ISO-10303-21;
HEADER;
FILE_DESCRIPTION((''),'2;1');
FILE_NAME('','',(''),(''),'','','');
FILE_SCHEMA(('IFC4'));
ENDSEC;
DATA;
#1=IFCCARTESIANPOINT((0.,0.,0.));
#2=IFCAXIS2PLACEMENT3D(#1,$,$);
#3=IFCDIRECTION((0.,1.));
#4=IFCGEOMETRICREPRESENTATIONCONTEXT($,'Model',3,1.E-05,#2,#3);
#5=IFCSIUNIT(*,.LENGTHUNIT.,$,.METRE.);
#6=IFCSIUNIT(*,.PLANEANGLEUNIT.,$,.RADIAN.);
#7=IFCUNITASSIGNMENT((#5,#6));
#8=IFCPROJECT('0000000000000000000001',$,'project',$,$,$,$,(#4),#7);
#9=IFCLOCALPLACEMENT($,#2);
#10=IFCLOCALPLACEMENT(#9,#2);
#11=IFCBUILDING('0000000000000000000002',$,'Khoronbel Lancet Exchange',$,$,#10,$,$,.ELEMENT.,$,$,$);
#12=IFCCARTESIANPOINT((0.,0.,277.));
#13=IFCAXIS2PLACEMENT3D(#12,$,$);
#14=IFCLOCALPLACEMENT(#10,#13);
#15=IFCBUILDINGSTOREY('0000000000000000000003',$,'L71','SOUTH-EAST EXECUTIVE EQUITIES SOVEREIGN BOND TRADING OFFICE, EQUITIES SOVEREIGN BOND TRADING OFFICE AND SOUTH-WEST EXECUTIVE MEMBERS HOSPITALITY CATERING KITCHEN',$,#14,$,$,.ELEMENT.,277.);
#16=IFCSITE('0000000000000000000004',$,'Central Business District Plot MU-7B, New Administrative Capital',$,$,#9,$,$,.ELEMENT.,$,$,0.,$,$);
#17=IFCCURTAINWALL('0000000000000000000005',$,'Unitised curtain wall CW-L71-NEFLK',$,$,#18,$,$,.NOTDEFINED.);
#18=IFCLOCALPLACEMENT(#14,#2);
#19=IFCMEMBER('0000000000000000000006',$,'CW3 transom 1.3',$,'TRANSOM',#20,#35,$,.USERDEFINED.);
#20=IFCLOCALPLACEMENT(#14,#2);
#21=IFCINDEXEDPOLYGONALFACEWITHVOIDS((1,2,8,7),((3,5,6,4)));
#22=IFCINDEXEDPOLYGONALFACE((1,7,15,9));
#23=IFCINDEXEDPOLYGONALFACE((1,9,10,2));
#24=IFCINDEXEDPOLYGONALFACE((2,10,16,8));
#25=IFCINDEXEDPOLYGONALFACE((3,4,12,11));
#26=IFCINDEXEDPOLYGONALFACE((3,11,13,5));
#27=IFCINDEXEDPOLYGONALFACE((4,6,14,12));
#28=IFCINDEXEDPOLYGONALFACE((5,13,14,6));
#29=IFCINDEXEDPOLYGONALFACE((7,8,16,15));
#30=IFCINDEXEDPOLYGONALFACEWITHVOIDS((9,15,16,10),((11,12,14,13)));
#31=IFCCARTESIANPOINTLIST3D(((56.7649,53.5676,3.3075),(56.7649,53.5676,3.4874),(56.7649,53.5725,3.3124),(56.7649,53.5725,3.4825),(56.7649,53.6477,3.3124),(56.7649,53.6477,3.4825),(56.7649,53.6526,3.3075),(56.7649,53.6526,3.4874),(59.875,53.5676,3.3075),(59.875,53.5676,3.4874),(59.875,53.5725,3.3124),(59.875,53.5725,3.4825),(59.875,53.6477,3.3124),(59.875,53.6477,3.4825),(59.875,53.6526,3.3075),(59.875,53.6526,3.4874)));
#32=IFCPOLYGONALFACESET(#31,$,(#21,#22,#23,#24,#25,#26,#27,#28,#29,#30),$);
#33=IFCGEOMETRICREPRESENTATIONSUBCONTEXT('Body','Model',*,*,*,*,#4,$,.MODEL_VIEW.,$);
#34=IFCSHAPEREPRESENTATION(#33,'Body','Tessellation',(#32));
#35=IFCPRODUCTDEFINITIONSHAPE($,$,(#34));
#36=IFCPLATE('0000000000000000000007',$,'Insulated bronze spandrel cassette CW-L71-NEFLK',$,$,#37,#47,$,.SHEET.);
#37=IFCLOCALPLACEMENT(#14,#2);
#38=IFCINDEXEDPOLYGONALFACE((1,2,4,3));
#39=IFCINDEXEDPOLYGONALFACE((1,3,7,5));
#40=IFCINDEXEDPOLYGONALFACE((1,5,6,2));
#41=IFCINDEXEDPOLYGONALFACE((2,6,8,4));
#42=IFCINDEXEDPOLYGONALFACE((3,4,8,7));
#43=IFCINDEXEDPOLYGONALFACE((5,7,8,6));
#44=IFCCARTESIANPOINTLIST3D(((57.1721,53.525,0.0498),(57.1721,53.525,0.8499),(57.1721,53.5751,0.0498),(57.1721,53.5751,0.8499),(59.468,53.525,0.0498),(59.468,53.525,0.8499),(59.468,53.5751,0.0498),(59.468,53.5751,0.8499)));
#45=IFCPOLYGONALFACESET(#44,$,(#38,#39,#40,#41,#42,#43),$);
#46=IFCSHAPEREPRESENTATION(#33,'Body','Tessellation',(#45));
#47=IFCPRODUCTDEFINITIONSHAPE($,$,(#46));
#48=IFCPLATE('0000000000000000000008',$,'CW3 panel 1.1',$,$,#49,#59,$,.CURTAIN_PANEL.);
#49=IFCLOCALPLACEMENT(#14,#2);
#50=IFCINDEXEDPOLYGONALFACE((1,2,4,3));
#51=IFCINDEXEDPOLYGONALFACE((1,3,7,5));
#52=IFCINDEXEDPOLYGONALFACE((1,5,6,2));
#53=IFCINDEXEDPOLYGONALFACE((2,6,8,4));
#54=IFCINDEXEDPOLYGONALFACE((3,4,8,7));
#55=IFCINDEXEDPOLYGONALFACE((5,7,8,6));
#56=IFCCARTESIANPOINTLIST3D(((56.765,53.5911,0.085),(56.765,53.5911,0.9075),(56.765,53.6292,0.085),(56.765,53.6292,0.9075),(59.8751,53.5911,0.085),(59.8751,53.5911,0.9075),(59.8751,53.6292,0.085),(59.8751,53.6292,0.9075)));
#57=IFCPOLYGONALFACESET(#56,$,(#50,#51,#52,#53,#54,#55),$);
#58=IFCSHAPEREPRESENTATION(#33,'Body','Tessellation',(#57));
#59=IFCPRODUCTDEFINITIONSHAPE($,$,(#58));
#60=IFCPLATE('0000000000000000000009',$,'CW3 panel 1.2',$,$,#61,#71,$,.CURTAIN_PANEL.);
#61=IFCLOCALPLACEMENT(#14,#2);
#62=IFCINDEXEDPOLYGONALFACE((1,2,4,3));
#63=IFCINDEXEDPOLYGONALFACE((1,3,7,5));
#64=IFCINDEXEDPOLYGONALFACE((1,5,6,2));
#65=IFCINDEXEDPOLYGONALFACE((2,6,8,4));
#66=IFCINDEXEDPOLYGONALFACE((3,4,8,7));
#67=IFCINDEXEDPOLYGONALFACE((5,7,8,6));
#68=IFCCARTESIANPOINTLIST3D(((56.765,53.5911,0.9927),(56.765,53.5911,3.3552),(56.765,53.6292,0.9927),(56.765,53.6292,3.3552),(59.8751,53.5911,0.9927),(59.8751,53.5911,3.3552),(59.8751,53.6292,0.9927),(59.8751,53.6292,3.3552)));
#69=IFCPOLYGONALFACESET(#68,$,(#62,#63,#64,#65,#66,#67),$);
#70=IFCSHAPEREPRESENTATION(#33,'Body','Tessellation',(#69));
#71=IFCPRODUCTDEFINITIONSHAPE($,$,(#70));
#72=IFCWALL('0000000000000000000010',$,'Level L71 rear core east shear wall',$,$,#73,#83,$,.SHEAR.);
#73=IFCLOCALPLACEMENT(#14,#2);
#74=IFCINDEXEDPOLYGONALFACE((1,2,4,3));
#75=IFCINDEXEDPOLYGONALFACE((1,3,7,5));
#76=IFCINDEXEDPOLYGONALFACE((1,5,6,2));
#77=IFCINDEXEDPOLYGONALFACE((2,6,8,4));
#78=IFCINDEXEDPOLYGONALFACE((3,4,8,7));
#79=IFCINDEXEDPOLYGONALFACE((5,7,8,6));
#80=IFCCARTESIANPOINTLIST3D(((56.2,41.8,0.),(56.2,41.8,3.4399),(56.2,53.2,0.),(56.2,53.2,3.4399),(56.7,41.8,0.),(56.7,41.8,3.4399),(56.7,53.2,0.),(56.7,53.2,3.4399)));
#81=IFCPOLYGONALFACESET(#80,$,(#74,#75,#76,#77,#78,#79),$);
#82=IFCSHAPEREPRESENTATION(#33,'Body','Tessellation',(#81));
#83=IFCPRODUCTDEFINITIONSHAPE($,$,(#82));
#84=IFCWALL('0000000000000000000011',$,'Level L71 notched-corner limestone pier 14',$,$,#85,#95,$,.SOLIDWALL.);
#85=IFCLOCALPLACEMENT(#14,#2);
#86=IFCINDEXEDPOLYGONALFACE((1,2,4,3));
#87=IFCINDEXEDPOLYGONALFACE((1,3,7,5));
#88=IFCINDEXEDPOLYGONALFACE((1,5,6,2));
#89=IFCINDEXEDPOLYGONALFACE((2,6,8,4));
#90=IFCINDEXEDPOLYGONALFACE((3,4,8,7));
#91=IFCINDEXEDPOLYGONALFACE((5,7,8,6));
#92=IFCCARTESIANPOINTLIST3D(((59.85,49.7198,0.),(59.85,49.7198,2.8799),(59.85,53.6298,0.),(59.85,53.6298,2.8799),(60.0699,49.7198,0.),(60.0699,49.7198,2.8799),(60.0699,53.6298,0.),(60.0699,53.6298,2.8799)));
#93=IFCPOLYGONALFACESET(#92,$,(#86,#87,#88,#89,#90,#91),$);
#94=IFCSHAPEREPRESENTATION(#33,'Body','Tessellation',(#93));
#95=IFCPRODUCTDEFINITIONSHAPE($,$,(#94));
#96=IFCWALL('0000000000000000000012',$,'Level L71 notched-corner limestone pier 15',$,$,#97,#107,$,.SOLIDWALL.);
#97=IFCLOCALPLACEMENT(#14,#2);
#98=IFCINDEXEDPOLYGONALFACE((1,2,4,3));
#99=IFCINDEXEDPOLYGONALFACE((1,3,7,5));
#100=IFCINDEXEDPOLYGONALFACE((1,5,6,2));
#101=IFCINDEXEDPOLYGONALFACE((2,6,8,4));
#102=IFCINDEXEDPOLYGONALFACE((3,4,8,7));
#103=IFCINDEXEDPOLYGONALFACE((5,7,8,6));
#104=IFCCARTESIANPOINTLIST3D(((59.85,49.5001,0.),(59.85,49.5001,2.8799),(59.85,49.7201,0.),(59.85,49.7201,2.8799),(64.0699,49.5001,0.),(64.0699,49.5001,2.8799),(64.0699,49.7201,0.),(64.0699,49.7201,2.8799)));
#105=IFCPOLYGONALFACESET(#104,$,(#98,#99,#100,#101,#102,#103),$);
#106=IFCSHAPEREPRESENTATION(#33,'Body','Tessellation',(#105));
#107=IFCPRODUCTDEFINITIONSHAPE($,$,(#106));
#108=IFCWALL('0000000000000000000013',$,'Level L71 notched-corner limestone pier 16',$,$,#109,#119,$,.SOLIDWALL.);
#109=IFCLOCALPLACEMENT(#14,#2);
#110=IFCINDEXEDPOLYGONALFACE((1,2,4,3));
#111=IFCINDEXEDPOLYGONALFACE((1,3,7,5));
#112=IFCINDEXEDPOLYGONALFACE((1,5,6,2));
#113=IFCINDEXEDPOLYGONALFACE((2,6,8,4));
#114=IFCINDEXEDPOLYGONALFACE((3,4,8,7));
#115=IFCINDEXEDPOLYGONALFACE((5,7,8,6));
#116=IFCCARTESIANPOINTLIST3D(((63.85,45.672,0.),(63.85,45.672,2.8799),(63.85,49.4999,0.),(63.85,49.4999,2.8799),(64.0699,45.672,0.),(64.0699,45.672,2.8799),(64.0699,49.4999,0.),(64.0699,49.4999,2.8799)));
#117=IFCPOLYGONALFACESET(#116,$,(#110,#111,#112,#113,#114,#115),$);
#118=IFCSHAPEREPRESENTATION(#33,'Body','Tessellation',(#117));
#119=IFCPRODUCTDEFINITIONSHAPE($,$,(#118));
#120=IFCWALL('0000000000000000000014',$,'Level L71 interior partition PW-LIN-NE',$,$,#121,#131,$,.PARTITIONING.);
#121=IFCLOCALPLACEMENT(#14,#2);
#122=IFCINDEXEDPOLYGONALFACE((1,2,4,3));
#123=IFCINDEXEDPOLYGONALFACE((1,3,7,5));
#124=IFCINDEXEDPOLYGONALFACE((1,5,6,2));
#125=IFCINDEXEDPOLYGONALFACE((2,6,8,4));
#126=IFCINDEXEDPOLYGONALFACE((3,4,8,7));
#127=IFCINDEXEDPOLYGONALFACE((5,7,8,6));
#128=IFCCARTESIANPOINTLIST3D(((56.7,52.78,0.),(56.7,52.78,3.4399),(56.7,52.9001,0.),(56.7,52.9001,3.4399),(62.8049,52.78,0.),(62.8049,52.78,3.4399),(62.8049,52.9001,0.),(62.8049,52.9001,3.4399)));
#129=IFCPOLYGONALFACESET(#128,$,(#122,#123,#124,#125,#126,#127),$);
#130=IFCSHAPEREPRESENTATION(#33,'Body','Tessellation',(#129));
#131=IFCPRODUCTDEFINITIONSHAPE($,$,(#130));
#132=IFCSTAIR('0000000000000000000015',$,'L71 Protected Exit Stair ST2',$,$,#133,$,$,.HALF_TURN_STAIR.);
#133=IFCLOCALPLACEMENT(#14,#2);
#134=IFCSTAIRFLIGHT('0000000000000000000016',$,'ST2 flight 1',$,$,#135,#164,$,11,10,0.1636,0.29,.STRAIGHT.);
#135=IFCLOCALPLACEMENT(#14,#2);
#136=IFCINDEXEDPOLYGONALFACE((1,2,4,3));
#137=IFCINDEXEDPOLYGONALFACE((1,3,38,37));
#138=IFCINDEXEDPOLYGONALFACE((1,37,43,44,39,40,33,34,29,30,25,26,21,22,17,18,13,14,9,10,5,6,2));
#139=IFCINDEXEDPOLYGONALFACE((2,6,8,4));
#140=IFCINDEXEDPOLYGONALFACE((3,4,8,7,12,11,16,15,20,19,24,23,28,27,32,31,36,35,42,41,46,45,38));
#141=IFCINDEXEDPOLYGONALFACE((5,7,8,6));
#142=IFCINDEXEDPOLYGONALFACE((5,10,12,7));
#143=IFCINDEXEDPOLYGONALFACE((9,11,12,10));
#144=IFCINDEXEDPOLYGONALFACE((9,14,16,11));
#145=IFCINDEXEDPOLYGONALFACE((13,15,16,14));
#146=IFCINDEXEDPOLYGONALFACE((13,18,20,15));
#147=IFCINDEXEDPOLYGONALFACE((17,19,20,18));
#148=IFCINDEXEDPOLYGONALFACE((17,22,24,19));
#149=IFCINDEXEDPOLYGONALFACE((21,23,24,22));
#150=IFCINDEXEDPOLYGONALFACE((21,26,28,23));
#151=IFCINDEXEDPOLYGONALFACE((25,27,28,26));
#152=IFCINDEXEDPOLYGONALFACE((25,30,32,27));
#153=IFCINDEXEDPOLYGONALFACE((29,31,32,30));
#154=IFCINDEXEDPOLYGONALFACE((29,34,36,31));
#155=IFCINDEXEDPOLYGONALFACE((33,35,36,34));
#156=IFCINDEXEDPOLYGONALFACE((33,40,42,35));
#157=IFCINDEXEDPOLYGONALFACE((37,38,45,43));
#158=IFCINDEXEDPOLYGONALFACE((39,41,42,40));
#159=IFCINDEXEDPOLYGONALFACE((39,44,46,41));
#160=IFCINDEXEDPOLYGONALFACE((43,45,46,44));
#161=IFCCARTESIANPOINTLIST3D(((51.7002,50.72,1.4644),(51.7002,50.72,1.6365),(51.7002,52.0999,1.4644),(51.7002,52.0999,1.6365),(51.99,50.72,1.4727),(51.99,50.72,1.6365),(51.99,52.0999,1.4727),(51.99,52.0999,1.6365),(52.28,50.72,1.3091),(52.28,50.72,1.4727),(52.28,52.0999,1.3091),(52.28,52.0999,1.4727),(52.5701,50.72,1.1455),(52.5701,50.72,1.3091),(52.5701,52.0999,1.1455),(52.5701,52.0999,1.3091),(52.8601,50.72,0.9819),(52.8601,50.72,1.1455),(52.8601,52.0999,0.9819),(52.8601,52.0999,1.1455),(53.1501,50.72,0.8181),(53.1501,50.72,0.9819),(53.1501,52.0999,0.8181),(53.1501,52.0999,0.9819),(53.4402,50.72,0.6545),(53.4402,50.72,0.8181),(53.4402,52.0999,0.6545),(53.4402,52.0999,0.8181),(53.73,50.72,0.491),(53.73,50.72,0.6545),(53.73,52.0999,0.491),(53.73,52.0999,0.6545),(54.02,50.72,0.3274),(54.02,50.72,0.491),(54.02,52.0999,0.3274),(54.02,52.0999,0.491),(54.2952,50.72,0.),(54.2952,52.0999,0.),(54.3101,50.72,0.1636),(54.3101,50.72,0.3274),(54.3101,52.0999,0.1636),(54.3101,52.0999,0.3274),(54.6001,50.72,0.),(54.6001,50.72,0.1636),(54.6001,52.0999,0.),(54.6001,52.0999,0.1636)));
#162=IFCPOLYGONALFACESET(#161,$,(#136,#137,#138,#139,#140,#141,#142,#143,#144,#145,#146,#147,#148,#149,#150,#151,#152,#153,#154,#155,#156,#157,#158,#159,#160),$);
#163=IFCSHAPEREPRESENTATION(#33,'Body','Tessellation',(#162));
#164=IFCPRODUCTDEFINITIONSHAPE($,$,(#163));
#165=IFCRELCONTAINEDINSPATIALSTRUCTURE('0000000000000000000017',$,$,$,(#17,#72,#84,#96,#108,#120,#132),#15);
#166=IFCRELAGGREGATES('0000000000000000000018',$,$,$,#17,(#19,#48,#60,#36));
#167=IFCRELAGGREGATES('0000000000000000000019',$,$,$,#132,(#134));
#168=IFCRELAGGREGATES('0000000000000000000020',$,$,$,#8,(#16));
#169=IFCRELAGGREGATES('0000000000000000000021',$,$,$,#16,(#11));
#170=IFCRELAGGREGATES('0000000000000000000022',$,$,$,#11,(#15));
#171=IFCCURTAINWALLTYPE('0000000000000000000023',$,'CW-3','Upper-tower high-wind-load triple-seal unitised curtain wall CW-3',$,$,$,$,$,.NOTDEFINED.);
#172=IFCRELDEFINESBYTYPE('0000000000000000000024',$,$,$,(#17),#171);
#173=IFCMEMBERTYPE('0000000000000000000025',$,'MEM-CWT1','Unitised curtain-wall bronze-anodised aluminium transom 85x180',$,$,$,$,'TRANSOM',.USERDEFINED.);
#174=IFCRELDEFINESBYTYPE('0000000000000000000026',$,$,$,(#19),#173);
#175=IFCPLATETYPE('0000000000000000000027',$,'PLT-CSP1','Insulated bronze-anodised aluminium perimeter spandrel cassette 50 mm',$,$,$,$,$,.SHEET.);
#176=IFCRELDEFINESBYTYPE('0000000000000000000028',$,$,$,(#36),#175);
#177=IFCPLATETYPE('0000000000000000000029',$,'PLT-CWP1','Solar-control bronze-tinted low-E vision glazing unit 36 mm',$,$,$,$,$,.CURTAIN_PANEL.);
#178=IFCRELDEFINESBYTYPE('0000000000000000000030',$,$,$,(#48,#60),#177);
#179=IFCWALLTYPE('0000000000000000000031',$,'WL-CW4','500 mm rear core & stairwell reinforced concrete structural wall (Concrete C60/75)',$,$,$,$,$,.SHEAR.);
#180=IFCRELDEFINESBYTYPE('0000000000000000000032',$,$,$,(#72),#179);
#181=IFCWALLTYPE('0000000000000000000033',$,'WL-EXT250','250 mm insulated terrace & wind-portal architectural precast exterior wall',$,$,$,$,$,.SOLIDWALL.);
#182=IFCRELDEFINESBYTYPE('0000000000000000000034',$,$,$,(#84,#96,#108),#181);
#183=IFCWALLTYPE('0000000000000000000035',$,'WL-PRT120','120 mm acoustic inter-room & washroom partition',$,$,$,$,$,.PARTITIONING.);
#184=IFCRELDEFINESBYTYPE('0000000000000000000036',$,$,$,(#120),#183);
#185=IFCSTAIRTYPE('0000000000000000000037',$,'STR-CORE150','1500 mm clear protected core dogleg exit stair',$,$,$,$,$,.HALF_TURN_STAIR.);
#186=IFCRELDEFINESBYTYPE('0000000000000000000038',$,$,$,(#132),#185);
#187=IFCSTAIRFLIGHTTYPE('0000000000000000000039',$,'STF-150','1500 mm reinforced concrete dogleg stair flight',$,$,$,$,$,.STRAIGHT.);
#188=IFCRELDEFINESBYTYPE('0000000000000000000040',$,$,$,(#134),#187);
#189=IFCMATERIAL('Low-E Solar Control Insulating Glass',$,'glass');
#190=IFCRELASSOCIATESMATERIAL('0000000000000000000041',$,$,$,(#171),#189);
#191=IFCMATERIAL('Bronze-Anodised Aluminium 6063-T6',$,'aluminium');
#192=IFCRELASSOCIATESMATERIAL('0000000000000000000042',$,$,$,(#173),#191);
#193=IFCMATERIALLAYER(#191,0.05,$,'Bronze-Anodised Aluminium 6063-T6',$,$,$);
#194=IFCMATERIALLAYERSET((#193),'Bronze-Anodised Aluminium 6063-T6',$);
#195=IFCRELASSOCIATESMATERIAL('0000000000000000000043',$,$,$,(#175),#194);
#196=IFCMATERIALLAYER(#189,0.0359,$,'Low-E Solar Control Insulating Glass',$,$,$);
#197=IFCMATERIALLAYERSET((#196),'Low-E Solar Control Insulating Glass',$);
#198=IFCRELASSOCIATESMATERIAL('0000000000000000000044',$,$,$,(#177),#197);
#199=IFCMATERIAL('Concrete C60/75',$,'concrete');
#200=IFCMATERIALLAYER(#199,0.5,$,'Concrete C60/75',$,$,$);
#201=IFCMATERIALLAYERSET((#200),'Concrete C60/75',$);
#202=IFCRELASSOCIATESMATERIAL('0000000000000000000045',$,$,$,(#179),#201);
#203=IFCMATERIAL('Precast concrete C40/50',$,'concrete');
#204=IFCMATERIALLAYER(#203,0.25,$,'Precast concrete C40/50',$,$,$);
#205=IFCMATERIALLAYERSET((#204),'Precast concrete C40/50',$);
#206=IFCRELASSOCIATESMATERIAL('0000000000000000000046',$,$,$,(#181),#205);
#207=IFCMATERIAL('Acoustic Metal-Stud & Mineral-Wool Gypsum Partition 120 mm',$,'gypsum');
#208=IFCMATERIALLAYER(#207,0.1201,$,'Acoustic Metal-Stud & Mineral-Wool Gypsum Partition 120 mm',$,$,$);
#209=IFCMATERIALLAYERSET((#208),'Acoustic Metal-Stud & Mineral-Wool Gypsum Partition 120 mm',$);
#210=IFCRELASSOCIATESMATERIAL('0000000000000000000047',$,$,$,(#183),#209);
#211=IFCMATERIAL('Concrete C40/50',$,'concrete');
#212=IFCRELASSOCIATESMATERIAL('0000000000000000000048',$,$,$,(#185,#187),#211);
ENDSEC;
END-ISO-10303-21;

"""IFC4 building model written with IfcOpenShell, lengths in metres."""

from ifc_helpers import new_model, si_unit, direction, frame, frame_2d, origin, origin_2d, place, context, subcontext, project, spatial, polyline, rectangle, hollow_rectangle, outline, extrude, material, layer, layer_set, material_profile, profile_set, type_object, element, aggregate, save


model = new_model("IFC4")

# Units and contexts
model_context = context("Model", 3, precision=1e-05, world=origin(), true_north=direction((0.0, 1.0)))
body_context = subcontext(model_context, "Body", "Model", "MODEL_VIEW")
ifc_project = project(units=[si_unit("LENGTHUNIT", "METRE"), si_unit("PLANEANGLEUNIT", "RADIAN")], contexts=[model_context])

# Site, building, storey
site_placement = place(None, origin())
site = spatial("IfcSite", under=ifc_project, at=site_placement, Name="Central Business District Plot MU-7B, New Administrative Capital", CompositionType="ELEMENT", RefElevation=0.0)
building_placement = place(site_placement, origin())
building = spatial("IfcBuilding", under=site, at=building_placement, Name="Khoronbel Lancet Exchange", CompositionType="ELEMENT")
storey_placement = place(building_placement, frame((0.0, 0.0, 277.0)))
storey = spatial("IfcBuildingStorey", under=building, at=storey_placement, Name="L71", Description="SOUTH-EAST EXECUTIVE EQUITIES SOVEREIGN BOND TRADING OFFICE, EQUITIES SOVEREIGN BOND TRADING OFFICE AND SOUTH-WEST EXECUTIVE MEMBERS HOSPITALITY CATERING KITCHEN", CompositionType="ELEMENT", Elevation=277.0)

# Curtain wall, member, plates
ifc_material_1 = material(Name="Low-E Solar Control Insulating Glass", Category="glass")
curtain_wall_type = type_object("IfcCurtainWallType", Name="CW-3", Description="Upper-tower high-wind-load triple-seal unitised curtain wall CW-3", PredefinedType="NOTDEFINED", material=ifc_material_1)
curtain_wall_placement = place(storey_placement, origin())
curtain_wall = element("IfcCurtainWall", 1, at=curtain_wall_placement, inside=storey, type_object=curtain_wall_type, Name="Unitised curtain wall CW-L71-NEFLK", PredefinedType="NOTDEFINED")
ifc_material_2 = material(Name="Bronze-Anodised Aluminium 6063-T6", Category="aluminium")
ifc_material_profile_1 = material_profile(ifc_material_2, hollow_rectangle(XDim=0.085, YDim=0.1799, WallThickness=0.0049, at=origin_2d()), Name="ALU TRANSOM 85x180")
ifc_profile_set_1 = profile_set([ifc_material_profile_1], Name="Bronze-Anodised Aluminium 6063-T6")
member_type_1 = type_object("IfcMemberType", Name="MEM-CWT1", Description="Unitised curtain-wall bronze-anodised aluminium transom 85x180", ElementType="TRANSOM", PredefinedType="USERDEFINED", material=ifc_profile_set_1)
member_1_placement = place(storey_placement, frame((59.875, 53.6101, 3.3975), z_axis=(-1.0, 0.0, 0.0), x_axis=(0.0, -1.0, 0.0)))
member_1 = element("IfcMember", 2, at=member_1_placement, type_object=member_type_1, Name="CW3 transom 1.3", ObjectType="TRANSOM", PredefinedType="USERDEFINED", context=body_context, shape_type="SweptSolid", body=[
    extrude(hollow_rectangle(XDim=0.085, YDim=0.1799, WallThickness=0.0049, at=origin_2d()), origin(), (0.0, 0.0, 1.0), 3.1101),
])
ifc_layer_1 = layer(ifc_material_2, 0.05, Name="Bronze-Anodised Aluminium 6063-T6")
ifc_layer_set_1 = layer_set([ifc_layer_1], Name="Bronze-Anodised Aluminium 6063-T6")
plate_type_1 = type_object("IfcPlateType", Name="PLT-CSP1", Description="Insulated bronze-anodised aluminium perimeter spandrel cassette 50 mm", PredefinedType="SHEET", material=ifc_layer_set_1)
plate_1_placement = place(storey_placement, frame((58.3201, 53.55, 0.0498), z_axis=(0.0, 0.0, 1.0), x_axis=(-1.0, 0.0, 0.0)))
plate_1 = element("IfcPlate", 3, at=plate_1_placement, type_object=plate_type_1, Name="Insulated bronze spandrel cassette CW-L71-NEFLK", PredefinedType="SHEET", context=body_context, shape_type="SweptSolid", body=[
    extrude(rectangle(XDim=2.2959, YDim=0.05, at=origin_2d()), origin(), (0.0, 0.0, 1.0), 0.8),
])
ifc_layer_2 = layer(ifc_material_1, 0.0359, Name="Low-E Solar Control Insulating Glass")
ifc_layer_set_2 = layer_set([ifc_layer_2], Name="Low-E Solar Control Insulating Glass")
plate_type_2 = type_object("IfcPlateType", Name="PLT-CWP1", Description="Solar-control bronze-tinted low-E vision glazing unit 36 mm", PredefinedType="CURTAIN_PANEL", material=ifc_layer_set_2)
plate_2_placement = place(storey_placement, frame((58.3201, 53.6101, 0.085), z_axis=(0.0, 0.0, 1.0), x_axis=(-1.0, 0.0, 0.0)))
plate_2 = element("IfcPlate", 4, at=plate_2_placement, type_object=plate_type_2, Name="CW3 panel 1.1", PredefinedType="CURTAIN_PANEL", context=body_context, shape_type="SweptSolid", body=[
    extrude(rectangle(XDim=3.1101, YDim=0.0381, at=origin_2d()), origin(), (0.0, 0.0, 1.0), 0.8225),
])
plate_3_placement = place(storey_placement, frame((58.3201, 53.6101, 0.9927), z_axis=(0.0, 0.0, 1.0), x_axis=(-1.0, 0.0, 0.0)))
plate_3 = element("IfcPlate", 5, at=plate_3_placement, type_object=plate_type_2, Name="CW3 panel 1.2", PredefinedType="CURTAIN_PANEL", context=body_context, shape_type="SweptSolid", body=[
    extrude(rectangle(XDim=3.1101, YDim=0.0381, at=origin_2d()), origin(), (0.0, 0.0, 1.0), 2.3625),
])
aggregate(curtain_wall, [member_1, plate_2, plate_3, plate_1])

# Walls
ifc_material_3 = material(Name="Concrete C60/75", Category="concrete")
ifc_layer_3 = layer(ifc_material_3, 0.5, Name="Concrete C60/75")
ifc_layer_set_3 = layer_set([ifc_layer_3], Name="Concrete C60/75")
wall_type_1 = type_object("IfcWallType", Name="WL-CW4", Description="500 mm rear core & stairwell reinforced concrete structural wall (Concrete C60/75)", PredefinedType="SHEAR", material=ifc_layer_set_3)
wall_1_placement = place(storey_placement, frame((56.45, 53.2, 0.0), z_axis=(0.0, 0.0, 1.0), x_axis=(0.0, -1.0, 0.0)))
element("IfcWall", 6, at=wall_1_placement, inside=storey, type_object=wall_type_1, Name="Level L71 rear core east shear wall", PredefinedType="SHEAR", context=body_context, shape_type="SweptSolid", body=[
    extrude(rectangle(XDim=11.3999, YDim=0.5, at=frame_2d((5.7, 0.0))), origin(), (0.0, 0.0, 1.0), 3.4399),
])
ifc_material_4 = material(Name="Precast concrete C40/50", Category="concrete")
ifc_layer_4 = layer(ifc_material_4, 0.25, Name="Precast concrete C40/50")
ifc_layer_set_4 = layer_set([ifc_layer_4], Name="Precast concrete C40/50")
wall_type_2 = type_object("IfcWallType", Name="WL-EXT250", Description="250 mm insulated terrace & wind-portal architectural precast exterior wall", PredefinedType="SOLIDWALL", material=ifc_layer_set_4)
wall_2_placement = place(storey_placement, frame((59.96, 53.6299, 0.0), z_axis=(0.0, 0.0, 1.0), x_axis=(0.0, -1.0, 0.0)))
element("IfcWall", 7, at=wall_2_placement, inside=storey, type_object=wall_type_2, Name="Level L71 notched-corner limestone pier 14", PredefinedType="SOLIDWALL", context=body_context, shape_type="SweptSolid", body=[
    extrude(rectangle(XDim=3.9099, YDim=0.22, at=frame_2d((1.9551, 0.0))), origin(), (0.0, 0.0, 1.0), 2.8799),
])
wall_3_placement = place(storey_placement, frame((59.8501, 49.6101, 0.0), z_axis=(0.0, 0.0, 1.0), x_axis=(1.0, 0.0, 0.0)))
element("IfcWall", 8, at=wall_3_placement, inside=storey, type_object=wall_type_2, Name="Level L71 notched-corner limestone pier 15", PredefinedType="SOLIDWALL", context=body_context, shape_type="SweptSolid", body=[
    extrude(rectangle(XDim=4.22, YDim=0.22, at=frame_2d((2.1099, 0.0))), origin(), (0.0, 0.0, 1.0), 2.8799),
])
wall_4_placement = place(storey_placement, frame((63.96, 49.5, 0.0), z_axis=(0.0, 0.0, 1.0), x_axis=(0.0, -1.0, 0.0)))
element("IfcWall", 9, at=wall_4_placement, inside=storey, type_object=wall_type_2, Name="Level L71 notched-corner limestone pier 16", PredefinedType="SOLIDWALL", context=body_context, shape_type="SweptSolid", body=[
    extrude(rectangle(XDim=3.8279, YDim=0.22, at=frame_2d((1.9141, 0.0))), origin(), (0.0, 0.0, 1.0), 2.8799),
])
ifc_material_5 = material(Name="Acoustic Metal-Stud & Mineral-Wool Gypsum Partition 120 mm", Category="gypsum")
ifc_layer_5 = layer(ifc_material_5, 0.1201, Name="Acoustic Metal-Stud & Mineral-Wool Gypsum Partition 120 mm")
ifc_layer_set_5 = layer_set([ifc_layer_5], Name="Acoustic Metal-Stud & Mineral-Wool Gypsum Partition 120 mm")
wall_type_3 = type_object("IfcWallType", Name="WL-PRT120", Description="120 mm acoustic inter-room & washroom partition", PredefinedType="PARTITIONING", material=ifc_layer_set_5)
wall_5_placement = place(storey_placement, frame((56.7, 52.8401, 0.0), z_axis=(0.0, 0.0, 1.0), x_axis=(1.0, 0.0, 0.0)))
element("IfcWall", 10, at=wall_5_placement, inside=storey, type_object=wall_type_3, Name="Level L71 interior partition PW-LIN-NE", PredefinedType="PARTITIONING", context=body_context, shape_type="SweptSolid", body=[
    extrude(rectangle(XDim=6.105, YDim=0.1201, at=frame_2d((3.0525, 0.0))), origin(), (0.0, 0.0, 1.0), 3.4399),
])

# Stair, stair flight
ifc_material_6 = material(Name="Concrete C40/50", Category="concrete")
stair_type = type_object("IfcStairType", Name="STR-CORE150", Description="1500 mm clear protected core dogleg exit stair", PredefinedType="HALF_TURN_STAIR", material=ifc_material_6)
stair_placement = place(storey_placement, origin())
stair = element("IfcStair", 11, at=stair_placement, inside=storey, type_object=stair_type, Name="L71 Protected Exit Stair ST2", PredefinedType="HALF_TURN_STAIR")
stair_flight_type = type_object("IfcStairFlightType", Name="STF-150", Description="1500 mm reinforced concrete dogleg stair flight", PredefinedType="STRAIGHT", material=ifc_material_6)
stair_flight_placement = place(storey_placement, frame((54.6001, 51.4099, 0.0), z_axis=(0.0, 0.0, 1.0), x_axis=(-1.0, 0.0, 0.0)))
stair_flight = element("IfcStairFlight", 12, at=stair_flight_placement, type_object=stair_flight_type, Name="ST2 flight 1", NumberOfRisers=11, NumberOfTreads=10, PredefinedType="STRAIGHT", RiserHeight=0.1636, TreadLength=0.29, context=body_context, shape_type="SweptSolid", body=[
    extrude(outline(polyline([(0.0, 0.0), (0.0, 0.1636), (0.29, 0.1636), (0.29, 0.3274), (0.5801, 0.3274), (0.5801, 0.491), (0.8701, 0.491), (0.8701, 0.6545), (1.1599, 0.6545), (1.1599, 0.8181), (1.45, 0.8181), (1.45, 0.9819), (1.74, 0.9819), (1.74, 1.1455), (2.03, 1.1455), (2.03, 1.3091), (2.3201, 1.3091), (2.3201, 1.4727), (2.6101, 1.4727), (2.6101, 1.6365), (2.8999, 1.6365), (2.8999, 1.8), (2.8999, 1.4644), (0.3049, 0.0), (0.0, 0.0)])), frame((0.0, 0.6899, 0.0), z_axis=(0.0, -1.0, 0.0), x_axis=(1.0, 0.0, 0.0)), (0.0, 0.0, 1.0), 1.3799),
])
aggregate(stair, [stair_flight])

save(model, "model.ifc")
